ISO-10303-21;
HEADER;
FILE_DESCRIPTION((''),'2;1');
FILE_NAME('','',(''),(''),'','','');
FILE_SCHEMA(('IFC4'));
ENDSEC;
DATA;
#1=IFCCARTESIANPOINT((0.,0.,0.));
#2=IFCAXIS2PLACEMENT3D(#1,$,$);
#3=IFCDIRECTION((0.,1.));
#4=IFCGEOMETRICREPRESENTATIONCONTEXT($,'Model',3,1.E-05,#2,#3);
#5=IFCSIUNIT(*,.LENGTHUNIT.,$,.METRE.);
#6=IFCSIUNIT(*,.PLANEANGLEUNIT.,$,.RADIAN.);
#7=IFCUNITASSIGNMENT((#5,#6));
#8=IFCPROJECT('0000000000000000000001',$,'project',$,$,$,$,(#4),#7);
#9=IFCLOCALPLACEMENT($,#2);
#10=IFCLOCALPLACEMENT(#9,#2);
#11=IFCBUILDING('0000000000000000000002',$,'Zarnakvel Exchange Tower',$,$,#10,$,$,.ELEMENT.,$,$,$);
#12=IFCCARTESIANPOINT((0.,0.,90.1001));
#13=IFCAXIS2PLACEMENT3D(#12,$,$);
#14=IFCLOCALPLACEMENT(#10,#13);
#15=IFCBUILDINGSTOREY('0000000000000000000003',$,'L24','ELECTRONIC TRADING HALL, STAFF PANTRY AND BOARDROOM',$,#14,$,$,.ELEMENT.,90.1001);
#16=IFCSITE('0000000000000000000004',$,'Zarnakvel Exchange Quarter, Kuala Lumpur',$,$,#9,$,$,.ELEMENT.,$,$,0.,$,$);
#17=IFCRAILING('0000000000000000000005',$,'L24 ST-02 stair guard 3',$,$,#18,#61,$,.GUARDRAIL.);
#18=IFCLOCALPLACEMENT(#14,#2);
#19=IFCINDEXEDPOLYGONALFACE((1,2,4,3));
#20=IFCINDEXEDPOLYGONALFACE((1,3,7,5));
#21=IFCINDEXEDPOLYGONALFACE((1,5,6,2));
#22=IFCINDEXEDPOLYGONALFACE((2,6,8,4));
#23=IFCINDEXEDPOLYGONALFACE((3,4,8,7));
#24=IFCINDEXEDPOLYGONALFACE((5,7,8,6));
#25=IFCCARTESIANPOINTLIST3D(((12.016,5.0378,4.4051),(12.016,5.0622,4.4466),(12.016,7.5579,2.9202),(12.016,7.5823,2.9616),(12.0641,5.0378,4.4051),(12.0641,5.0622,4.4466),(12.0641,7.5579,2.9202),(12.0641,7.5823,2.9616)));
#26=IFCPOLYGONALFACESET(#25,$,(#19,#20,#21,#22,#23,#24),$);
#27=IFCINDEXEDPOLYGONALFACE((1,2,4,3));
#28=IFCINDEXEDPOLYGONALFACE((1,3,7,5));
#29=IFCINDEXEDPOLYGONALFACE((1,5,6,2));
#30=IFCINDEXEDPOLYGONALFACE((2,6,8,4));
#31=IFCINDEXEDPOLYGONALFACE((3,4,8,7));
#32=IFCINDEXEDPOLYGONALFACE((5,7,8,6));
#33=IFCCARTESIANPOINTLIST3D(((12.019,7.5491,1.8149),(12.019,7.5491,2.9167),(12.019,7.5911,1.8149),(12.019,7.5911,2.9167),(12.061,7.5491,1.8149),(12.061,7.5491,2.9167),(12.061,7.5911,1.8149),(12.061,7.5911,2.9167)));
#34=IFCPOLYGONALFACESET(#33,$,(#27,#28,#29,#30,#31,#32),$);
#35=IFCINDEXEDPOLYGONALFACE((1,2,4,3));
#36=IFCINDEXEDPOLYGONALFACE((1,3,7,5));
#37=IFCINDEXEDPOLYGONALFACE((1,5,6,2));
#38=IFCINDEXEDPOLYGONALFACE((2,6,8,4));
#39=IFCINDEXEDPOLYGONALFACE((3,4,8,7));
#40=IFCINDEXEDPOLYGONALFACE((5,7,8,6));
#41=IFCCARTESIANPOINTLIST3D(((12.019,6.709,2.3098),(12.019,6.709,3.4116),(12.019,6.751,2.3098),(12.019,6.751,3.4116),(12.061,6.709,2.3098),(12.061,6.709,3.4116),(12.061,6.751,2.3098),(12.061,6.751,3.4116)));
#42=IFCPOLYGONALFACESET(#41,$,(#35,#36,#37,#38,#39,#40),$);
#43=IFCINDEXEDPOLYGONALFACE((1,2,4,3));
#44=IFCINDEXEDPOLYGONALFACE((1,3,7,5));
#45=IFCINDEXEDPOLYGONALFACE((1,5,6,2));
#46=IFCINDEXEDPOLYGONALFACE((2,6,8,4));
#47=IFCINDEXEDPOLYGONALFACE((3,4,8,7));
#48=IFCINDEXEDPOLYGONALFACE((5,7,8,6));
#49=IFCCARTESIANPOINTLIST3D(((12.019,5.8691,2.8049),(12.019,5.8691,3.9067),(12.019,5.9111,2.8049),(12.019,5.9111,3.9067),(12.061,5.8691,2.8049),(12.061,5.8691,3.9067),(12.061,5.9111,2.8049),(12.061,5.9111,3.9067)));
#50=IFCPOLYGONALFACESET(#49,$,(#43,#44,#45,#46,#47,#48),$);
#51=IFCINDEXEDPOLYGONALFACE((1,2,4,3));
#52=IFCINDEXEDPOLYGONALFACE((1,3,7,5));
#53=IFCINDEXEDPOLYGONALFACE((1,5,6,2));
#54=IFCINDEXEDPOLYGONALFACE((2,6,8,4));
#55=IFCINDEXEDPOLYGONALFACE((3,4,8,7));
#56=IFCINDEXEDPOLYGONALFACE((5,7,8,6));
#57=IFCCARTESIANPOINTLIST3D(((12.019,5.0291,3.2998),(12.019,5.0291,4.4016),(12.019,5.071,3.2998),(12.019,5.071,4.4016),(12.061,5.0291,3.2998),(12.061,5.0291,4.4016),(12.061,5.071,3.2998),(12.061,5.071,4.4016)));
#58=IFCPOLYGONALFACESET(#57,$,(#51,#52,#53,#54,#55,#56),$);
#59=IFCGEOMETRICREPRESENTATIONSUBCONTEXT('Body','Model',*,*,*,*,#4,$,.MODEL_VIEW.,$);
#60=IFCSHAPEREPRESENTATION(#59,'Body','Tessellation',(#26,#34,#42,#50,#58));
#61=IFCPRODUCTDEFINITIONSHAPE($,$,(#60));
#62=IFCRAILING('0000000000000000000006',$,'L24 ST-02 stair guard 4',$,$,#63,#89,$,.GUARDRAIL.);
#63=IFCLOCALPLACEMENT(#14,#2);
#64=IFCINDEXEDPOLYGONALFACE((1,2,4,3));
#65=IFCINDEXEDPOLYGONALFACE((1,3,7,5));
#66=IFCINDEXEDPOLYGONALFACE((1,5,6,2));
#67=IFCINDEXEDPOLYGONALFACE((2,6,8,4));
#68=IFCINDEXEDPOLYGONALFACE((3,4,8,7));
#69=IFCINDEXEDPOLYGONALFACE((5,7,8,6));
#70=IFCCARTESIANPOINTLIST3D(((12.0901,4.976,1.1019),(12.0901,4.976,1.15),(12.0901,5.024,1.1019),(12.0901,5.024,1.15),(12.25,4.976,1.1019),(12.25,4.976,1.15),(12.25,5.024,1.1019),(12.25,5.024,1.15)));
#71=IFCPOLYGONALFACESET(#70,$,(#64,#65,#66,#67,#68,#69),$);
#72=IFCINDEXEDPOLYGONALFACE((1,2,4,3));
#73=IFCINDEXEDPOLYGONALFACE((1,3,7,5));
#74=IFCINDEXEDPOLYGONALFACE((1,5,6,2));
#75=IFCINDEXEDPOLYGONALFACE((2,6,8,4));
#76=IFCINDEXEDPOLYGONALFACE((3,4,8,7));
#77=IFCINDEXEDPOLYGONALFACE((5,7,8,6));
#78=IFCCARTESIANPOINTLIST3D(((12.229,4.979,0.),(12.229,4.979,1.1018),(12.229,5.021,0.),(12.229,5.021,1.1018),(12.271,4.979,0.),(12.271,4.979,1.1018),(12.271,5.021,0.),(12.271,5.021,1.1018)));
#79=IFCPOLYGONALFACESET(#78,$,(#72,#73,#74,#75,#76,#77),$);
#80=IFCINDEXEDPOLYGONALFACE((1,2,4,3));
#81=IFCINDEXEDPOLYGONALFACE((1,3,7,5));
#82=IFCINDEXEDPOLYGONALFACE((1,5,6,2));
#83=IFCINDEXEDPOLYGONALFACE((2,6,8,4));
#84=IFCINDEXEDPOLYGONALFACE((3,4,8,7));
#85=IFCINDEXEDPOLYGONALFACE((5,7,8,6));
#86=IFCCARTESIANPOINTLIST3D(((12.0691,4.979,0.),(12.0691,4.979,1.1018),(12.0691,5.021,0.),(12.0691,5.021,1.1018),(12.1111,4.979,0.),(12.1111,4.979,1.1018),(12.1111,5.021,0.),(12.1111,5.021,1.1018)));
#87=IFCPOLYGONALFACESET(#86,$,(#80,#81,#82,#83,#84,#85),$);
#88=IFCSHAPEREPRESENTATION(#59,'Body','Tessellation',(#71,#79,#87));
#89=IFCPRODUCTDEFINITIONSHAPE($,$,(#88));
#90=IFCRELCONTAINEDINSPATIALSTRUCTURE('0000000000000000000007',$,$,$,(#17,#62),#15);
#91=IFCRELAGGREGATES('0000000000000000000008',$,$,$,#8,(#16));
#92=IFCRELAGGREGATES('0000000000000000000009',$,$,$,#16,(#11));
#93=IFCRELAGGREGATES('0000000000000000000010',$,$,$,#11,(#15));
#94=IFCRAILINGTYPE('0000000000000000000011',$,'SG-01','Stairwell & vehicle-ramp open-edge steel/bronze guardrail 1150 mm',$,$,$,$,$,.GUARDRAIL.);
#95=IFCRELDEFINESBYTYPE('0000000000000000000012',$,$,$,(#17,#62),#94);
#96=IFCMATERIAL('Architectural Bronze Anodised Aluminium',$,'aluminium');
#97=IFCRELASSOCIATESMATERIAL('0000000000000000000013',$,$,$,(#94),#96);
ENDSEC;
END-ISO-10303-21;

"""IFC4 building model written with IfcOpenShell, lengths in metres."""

from ifc_helpers import new_model, si_unit, direction, frame, origin, origin_2d, place, context, subcontext, project, spatial, rectangle, extrude, material, type_object, element, save


model = new_model("IFC4")

# Units and contexts
model_context = context("Model", 3, precision=1e-05, world=origin(), true_north=direction((0.0, 1.0)))
body_context = subcontext(model_context, "Body", "Model", "MODEL_VIEW")
ifc_project = project(units=[si_unit("LENGTHUNIT", "METRE"), si_unit("PLANEANGLEUNIT", "RADIAN")], contexts=[model_context])

# Site, building, storey
site_placement = place(None, origin())
site = spatial("IfcSite", under=ifc_project, at=site_placement, Name="Zarnakvel Exchange Quarter, Kuala Lumpur", CompositionType="ELEMENT", RefElevation=0.0)
building_placement = place(site_placement, origin())
building = spatial("IfcBuilding", under=site, at=building_placement, Name="Zarnakvel Exchange Tower", CompositionType="ELEMENT")
storey_placement = place(building_placement, frame((0.0, 0.0, 90.1001)))
storey = spatial("IfcBuildingStorey", under=building, at=storey_placement, Name="L24", Description="ELECTRONIC TRADING HALL, STAFF PANTRY AND BOARDROOM", CompositionType="ELEMENT", Elevation=90.1001)

# Shared definitions
ifc_material_1 = material(Name="Architectural Bronze Anodised Aluminium", Category="aluminium")

# Railings
railing_type_1 = type_object("IfcRailingType", Name="SG-01", Description="Stairwell & vehicle-ramp open-edge steel/bronze guardrail 1150 mm", PredefinedType="GUARDRAIL", material=ifc_material_1)
railing_1_placement = place(storey_placement, frame((12.04, 7.5701, 1.8149)))
element("IfcRailing", 1, at=railing_1_placement, inside=storey, type_object=railing_type_1, Name="L24 ST-02 stair guard 3", PredefinedType="GUARDRAIL", context=body_context, shape_type="SweptSolid", body=[
    extrude(rectangle(XDim=0.0481, YDim=0.0481, at=origin_2d()), frame((0.0, 0.0, 1.126), z_axis=(0.0, -0.861561, 0.507655), x_axis=(1.0, 0.0, 0.0)), (0.0, 0.0, 1.0), 2.925),
    extrude(rectangle(XDim=0.042, YDim=0.042, at=origin_2d()), origin(), (0.0, 0.0, 1.0), 1.1018),
    extrude(rectangle(XDim=0.042, YDim=0.042, at=origin_2d()), frame((0.0, -0.8401, 0.4949)), (0.0, 0.0, 1.0), 1.1018),
    extrude(rectangle(XDim=0.042, YDim=0.042, at=origin_2d()), frame((0.0, -1.6799, 0.99)), (0.0, 0.0, 1.0), 1.1018),
    extrude(rectangle(XDim=0.042, YDim=0.042, at=origin_2d()), frame((0.0, -2.52, 1.4849)), (0.0, 0.0, 1.0), 1.1018),
])
railing_2_placement = place(storey_placement, frame((12.25, 5.0, 0.0)))
element("IfcRailing", 2, at=railing_2_placement, inside=storey, type_object=railing_type_1, Name="L24 ST-02 stair guard 4", PredefinedType="GUARDRAIL", context=body_context, shape_type="SweptSolid", body=[
    extrude(rectangle(XDim=0.0481, YDim=0.0481, at=origin_2d()), frame((0.0, 0.0, 1.126), z_axis=(-1.0, 0.0, 0.0), x_axis=(0.0, -1.0, 0.0)), (0.0, 0.0, 1.0), 0.1599),
    extrude(rectangle(XDim=0.042, YDim=0.042, at=origin_2d()), origin(), (0.0, 0.0, 1.0), 1.1018),
    extrude(rectangle(XDim=0.042, YDim=0.042, at=origin_2d()), frame((-0.1599, 0.0, 0.0)), (0.0, 0.0, 1.0), 1.1018),
])

save(model, "model.ifc")
